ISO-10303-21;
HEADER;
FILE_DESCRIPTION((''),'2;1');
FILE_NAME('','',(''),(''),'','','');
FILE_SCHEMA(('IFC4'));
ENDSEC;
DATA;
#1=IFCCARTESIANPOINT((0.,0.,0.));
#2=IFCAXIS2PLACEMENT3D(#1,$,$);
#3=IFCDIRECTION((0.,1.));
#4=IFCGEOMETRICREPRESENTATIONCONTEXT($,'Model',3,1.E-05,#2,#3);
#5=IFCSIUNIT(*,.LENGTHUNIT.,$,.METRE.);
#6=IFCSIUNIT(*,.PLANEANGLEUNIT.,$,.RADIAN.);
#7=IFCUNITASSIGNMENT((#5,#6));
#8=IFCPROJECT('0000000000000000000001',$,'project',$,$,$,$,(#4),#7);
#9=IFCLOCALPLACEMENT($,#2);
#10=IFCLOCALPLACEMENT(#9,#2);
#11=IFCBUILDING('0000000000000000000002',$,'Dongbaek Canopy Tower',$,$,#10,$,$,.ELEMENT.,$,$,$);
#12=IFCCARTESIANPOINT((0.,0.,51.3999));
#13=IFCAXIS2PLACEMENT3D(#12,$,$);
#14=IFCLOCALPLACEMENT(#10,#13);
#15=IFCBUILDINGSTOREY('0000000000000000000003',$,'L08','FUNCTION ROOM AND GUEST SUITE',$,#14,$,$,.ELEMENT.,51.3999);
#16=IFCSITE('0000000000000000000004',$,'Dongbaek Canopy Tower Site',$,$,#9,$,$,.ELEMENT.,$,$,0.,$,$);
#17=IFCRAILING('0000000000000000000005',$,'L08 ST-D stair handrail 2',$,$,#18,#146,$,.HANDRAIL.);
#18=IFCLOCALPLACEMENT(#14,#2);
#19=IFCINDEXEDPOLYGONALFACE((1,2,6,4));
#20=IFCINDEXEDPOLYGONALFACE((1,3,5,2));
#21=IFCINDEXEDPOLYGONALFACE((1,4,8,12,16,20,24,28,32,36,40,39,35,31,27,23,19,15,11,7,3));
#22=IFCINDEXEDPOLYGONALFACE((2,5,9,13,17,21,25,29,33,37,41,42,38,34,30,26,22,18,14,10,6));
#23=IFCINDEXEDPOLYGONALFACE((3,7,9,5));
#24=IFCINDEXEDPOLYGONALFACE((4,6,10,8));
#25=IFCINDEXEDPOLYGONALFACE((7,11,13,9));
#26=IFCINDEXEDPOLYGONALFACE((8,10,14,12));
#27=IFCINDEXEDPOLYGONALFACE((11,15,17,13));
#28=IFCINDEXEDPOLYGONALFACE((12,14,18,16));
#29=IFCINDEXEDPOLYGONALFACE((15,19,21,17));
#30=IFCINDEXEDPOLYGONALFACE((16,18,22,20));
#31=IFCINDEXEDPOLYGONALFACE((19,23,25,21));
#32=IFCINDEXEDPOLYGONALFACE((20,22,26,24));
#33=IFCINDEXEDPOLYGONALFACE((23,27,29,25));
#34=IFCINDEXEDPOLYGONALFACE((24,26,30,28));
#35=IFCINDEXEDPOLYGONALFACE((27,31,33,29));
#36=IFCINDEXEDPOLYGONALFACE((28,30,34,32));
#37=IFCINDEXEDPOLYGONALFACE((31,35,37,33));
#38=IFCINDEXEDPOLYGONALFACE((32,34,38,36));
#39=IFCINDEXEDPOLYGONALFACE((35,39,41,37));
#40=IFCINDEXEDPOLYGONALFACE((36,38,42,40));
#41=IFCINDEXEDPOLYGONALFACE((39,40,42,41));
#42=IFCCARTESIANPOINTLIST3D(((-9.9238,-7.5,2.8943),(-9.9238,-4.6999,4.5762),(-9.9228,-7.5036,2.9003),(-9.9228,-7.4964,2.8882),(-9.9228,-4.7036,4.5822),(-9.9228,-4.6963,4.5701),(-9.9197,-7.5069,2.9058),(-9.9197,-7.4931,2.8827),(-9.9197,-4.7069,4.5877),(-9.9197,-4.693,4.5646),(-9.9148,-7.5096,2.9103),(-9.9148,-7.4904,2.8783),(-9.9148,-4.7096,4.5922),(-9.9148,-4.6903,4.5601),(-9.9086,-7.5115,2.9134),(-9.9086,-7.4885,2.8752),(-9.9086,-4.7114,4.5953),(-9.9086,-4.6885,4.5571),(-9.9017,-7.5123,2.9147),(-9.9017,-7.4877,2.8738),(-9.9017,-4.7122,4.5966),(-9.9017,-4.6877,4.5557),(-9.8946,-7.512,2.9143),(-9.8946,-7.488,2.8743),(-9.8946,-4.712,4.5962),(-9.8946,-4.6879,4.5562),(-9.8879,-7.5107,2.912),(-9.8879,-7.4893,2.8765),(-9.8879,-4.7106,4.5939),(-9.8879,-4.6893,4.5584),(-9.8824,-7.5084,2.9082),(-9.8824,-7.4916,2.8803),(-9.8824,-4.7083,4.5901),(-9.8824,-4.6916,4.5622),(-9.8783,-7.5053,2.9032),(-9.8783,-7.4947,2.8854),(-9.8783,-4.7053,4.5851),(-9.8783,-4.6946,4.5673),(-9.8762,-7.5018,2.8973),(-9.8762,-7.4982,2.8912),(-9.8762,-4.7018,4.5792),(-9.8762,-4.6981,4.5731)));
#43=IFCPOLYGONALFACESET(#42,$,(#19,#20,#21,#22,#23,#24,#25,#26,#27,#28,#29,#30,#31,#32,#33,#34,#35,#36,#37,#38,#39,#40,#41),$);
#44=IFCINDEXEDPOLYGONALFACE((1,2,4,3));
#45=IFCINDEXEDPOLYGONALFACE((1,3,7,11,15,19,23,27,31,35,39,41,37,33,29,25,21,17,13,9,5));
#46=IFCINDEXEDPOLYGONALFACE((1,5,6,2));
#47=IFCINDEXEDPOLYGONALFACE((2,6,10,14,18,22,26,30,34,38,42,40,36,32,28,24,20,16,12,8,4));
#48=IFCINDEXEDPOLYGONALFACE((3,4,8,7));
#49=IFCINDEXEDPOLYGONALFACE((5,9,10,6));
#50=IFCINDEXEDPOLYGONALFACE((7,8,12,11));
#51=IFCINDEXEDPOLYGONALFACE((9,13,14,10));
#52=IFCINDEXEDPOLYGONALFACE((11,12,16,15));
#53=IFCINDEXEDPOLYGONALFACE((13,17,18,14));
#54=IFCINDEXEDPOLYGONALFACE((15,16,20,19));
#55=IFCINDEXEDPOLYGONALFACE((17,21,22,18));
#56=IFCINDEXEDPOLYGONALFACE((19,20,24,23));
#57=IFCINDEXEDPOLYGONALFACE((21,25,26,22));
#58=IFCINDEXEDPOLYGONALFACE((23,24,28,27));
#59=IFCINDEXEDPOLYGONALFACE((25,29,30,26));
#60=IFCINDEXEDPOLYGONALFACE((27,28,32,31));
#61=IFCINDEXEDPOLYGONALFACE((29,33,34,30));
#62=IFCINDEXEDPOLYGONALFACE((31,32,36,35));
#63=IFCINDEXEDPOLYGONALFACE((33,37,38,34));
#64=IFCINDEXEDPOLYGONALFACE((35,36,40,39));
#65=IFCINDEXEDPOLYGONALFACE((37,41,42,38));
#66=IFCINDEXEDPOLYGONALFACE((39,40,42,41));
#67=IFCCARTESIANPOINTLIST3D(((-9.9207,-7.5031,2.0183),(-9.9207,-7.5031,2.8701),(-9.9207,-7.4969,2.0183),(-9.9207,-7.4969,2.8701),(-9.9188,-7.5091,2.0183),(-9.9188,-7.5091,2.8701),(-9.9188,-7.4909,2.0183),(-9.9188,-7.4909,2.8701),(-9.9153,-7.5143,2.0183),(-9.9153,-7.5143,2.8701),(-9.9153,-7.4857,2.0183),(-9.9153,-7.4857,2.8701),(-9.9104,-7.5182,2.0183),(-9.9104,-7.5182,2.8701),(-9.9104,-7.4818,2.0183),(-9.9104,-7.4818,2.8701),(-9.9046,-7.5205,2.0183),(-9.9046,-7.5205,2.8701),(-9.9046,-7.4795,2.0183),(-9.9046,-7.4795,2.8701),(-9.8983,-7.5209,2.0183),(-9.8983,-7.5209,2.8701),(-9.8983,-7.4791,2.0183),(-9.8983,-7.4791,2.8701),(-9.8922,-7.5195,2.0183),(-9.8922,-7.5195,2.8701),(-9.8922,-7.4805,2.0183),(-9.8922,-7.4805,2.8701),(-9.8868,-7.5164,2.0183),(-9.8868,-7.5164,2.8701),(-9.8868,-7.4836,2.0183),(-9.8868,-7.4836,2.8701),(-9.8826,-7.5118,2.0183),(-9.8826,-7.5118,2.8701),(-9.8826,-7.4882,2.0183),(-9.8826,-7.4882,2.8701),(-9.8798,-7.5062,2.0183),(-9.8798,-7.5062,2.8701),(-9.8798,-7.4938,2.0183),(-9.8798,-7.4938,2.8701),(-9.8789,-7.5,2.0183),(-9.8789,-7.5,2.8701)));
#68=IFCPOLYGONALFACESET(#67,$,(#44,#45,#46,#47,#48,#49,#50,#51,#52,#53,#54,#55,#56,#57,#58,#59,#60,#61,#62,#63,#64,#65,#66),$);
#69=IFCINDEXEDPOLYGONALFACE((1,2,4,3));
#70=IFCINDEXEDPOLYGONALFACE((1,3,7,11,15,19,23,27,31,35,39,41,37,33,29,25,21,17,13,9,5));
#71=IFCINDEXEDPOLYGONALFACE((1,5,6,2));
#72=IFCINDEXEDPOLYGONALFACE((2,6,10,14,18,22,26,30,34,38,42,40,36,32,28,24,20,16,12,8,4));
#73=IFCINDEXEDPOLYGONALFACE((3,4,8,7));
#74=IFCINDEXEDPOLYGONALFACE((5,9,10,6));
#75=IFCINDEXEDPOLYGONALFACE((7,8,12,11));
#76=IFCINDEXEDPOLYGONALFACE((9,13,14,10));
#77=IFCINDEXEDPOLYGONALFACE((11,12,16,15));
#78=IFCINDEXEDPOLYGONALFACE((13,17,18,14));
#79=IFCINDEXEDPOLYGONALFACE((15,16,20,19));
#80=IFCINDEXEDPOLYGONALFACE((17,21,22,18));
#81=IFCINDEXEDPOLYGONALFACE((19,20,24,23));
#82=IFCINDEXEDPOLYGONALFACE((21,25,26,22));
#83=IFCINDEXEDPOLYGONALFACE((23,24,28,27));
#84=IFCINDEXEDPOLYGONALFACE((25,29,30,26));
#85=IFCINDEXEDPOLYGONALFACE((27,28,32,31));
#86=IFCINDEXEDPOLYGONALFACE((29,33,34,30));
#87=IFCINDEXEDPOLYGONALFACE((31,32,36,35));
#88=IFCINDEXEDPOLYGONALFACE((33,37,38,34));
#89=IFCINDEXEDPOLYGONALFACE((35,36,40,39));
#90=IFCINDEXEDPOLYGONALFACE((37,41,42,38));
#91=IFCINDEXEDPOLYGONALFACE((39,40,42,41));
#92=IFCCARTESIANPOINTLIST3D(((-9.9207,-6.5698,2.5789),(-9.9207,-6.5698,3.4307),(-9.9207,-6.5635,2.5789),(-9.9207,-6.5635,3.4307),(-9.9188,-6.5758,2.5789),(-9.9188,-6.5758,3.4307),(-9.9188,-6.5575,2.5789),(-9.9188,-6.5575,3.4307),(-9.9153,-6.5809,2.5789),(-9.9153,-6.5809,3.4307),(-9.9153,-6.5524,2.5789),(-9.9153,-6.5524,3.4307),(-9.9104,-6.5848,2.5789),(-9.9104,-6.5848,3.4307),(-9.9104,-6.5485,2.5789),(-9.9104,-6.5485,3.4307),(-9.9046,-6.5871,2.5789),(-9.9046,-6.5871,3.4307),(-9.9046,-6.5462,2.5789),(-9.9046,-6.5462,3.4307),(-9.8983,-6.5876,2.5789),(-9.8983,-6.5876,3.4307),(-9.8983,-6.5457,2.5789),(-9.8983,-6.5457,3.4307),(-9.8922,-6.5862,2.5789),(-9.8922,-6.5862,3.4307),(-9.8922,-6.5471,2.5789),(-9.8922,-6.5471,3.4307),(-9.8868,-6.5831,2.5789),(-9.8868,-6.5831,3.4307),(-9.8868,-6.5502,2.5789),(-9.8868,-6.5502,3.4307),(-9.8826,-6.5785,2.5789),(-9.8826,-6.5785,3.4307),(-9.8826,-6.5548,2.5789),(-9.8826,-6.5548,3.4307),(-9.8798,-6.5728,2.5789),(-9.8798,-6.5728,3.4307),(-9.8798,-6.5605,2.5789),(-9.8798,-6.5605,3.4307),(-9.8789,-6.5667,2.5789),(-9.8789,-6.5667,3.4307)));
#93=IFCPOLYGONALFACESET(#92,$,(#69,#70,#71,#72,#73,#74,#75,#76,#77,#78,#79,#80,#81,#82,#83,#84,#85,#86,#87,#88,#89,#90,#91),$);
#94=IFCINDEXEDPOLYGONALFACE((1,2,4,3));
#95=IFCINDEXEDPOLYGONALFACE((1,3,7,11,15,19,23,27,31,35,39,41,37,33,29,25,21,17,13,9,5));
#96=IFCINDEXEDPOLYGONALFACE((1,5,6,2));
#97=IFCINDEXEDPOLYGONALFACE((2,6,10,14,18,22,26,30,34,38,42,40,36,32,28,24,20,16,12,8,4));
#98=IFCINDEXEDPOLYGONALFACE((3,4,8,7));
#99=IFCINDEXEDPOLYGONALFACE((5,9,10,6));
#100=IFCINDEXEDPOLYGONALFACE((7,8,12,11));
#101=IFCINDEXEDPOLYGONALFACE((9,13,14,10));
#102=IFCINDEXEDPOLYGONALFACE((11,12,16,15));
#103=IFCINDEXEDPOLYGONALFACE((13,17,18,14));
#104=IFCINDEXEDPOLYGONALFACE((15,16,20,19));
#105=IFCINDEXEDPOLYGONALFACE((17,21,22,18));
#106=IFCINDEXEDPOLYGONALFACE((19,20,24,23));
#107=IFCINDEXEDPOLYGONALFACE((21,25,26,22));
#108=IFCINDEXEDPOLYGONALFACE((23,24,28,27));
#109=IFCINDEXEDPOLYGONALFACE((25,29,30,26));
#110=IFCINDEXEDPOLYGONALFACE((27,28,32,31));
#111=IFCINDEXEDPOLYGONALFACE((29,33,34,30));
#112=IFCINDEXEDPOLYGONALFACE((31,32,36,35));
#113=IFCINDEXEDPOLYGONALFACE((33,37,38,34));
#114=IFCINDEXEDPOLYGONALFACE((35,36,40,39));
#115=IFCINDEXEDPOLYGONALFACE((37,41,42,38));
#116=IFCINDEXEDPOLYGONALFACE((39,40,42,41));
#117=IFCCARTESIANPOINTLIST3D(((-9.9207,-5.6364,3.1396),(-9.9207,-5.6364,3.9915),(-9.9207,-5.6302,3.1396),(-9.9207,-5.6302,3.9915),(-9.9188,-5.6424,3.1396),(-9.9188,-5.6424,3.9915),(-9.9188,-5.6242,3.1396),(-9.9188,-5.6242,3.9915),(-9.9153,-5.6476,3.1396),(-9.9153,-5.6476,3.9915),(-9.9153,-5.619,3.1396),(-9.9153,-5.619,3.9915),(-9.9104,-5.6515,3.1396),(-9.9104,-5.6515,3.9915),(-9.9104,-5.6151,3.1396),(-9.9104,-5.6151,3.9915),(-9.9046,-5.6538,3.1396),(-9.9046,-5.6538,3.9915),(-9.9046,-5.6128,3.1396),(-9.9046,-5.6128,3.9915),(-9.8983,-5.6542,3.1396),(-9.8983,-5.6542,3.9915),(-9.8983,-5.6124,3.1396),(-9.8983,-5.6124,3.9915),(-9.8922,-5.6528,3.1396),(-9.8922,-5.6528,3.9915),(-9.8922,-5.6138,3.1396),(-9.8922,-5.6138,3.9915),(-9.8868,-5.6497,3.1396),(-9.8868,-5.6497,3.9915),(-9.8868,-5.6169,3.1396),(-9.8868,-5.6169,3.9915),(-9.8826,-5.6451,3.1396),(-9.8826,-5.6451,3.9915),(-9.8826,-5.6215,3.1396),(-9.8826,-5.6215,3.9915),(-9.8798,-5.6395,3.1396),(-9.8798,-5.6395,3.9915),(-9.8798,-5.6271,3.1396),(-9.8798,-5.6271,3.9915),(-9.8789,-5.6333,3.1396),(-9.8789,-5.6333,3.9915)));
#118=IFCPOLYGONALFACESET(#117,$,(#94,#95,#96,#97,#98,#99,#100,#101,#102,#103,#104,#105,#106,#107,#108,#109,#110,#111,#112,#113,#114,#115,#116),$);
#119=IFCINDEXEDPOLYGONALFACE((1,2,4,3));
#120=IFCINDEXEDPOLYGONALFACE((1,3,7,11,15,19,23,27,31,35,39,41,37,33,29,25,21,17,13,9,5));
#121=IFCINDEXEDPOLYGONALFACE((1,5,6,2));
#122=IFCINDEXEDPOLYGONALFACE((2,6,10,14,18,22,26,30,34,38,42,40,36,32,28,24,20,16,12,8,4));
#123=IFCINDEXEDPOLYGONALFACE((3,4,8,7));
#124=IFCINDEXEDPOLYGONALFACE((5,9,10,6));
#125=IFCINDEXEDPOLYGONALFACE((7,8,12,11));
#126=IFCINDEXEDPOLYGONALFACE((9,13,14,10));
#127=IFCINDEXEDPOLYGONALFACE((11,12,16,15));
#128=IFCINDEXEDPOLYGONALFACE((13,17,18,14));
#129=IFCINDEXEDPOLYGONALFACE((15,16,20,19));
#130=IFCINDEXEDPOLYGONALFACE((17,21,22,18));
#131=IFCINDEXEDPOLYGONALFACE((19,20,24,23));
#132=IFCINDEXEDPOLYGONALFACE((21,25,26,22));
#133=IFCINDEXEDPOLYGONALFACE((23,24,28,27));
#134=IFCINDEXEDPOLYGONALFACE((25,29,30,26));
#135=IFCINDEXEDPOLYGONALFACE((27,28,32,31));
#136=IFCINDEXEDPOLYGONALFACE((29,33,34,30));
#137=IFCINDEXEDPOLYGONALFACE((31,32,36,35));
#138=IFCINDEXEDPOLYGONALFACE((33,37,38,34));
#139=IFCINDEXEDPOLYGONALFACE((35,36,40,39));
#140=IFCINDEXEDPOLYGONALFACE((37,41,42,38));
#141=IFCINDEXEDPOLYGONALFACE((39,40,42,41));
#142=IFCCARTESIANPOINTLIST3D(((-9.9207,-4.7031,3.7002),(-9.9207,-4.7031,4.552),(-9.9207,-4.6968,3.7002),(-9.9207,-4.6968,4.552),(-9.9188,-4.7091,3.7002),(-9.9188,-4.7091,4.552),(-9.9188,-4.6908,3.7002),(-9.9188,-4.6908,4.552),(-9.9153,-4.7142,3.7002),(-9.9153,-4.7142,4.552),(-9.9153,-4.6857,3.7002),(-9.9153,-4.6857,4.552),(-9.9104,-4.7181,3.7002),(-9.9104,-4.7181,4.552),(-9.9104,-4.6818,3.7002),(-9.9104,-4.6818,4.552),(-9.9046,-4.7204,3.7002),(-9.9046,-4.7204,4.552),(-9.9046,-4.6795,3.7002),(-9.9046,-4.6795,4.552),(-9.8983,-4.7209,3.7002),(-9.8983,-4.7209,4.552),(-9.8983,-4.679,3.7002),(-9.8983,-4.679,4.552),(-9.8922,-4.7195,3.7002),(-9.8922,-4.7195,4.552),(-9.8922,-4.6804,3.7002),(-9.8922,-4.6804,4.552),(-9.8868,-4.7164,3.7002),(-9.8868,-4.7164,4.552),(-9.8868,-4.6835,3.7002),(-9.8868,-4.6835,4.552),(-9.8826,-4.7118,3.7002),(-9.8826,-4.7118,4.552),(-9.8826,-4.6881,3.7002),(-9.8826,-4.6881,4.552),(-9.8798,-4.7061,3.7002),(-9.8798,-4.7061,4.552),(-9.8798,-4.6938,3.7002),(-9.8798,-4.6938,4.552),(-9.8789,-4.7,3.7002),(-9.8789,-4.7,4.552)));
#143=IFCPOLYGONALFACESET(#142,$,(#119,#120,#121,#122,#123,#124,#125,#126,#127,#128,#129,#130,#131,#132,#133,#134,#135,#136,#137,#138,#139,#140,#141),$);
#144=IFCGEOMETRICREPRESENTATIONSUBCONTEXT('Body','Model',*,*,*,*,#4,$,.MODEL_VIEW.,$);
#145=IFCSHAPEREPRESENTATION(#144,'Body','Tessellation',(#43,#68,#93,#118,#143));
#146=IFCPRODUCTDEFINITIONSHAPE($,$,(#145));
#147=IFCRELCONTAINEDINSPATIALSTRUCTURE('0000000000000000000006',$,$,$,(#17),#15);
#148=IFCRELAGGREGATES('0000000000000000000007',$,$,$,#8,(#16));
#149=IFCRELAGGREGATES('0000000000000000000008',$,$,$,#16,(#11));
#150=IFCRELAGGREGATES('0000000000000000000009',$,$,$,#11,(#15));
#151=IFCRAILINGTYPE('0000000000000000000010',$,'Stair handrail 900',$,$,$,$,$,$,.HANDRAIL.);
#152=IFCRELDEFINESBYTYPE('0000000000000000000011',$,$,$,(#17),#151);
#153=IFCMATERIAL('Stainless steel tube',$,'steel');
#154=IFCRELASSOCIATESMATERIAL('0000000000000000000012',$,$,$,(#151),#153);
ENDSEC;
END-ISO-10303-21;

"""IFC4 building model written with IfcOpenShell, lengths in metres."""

from ifc_helpers import new_model, si_unit, direction, frame, origin, origin_2d, place, context, subcontext, project, spatial, circle, extrude, material, type_object, element, save


model = new_model("IFC4")

# Units and contexts
model_context = context("Model", 3, precision=1e-05, world=origin(), true_north=direction((0.0, 1.0)))
body_context = subcontext(model_context, "Body", "Model", "MODEL_VIEW")
ifc_project = project(units=[si_unit("LENGTHUNIT", "METRE"), si_unit("PLANEANGLEUNIT", "RADIAN")], contexts=[model_context])

# Site, building, storey
site_placement = place(None, origin())
site = spatial("IfcSite", under=ifc_project, at=site_placement, Name="Dongbaek Canopy Tower Site", CompositionType="ELEMENT", RefElevation=0.0)
building_placement = place(site_placement, origin())
building = spatial("IfcBuilding", under=site, at=building_placement, Name="Dongbaek Canopy Tower", CompositionType="ELEMENT")
storey_placement = place(building_placement, frame((0.0, 0.0, 51.3999)))
storey = spatial("IfcBuildingStorey", under=building, at=storey_placement, Name="L08", Description="FUNCTION ROOM AND GUEST SUITE", CompositionType="ELEMENT", Elevation=51.3999)

# Railing
ifc_material_1 = material(Name="Stainless steel tube", Category="steel")
railing_type_1 = type_object("IfcRailingType", Name="Stair handrail 900", PredefinedType="HANDRAIL", material=ifc_material_1)
railing_1_placement = place(storey_placement, frame((-9.8999, -7.5, 2.0183)))
element("IfcRailing", 1, at=railing_1_placement, inside=storey, type_object=railing_type_1, Name="L08 ST-D stair handrail 2", PredefinedType="HANDRAIL", context=body_context, shape_type="SweptSolid", body=[
    extrude(circle(Radius=0.0239, at=origin_2d()), frame((0.0, 0.0, 0.876), z_axis=(0.0, 0.857242, 0.514913), x_axis=(-1.0, 0.0, 0.0)), (0.0, 0.0, 1.0), 3.2664),
    extrude(circle(Radius=0.021, at=origin_2d()), origin(), (0.0, 0.0, 1.0), 0.8518),
    extrude(circle(Radius=0.021, at=origin_2d()), frame((0.0, 0.9333, 0.5605)), (0.0, 0.0, 1.0), 0.8518),
    extrude(circle(Radius=0.021, at=origin_2d()), frame((0.0, 1.8667, 1.1213)), (0.0, 0.0, 1.0), 0.8518),
    extrude(circle(Radius=0.021, at=origin_2d()), frame((0.0, 2.8, 1.6819)), (0.0, 0.0, 1.0), 0.8518),
])

save(model, "model.ifc")
